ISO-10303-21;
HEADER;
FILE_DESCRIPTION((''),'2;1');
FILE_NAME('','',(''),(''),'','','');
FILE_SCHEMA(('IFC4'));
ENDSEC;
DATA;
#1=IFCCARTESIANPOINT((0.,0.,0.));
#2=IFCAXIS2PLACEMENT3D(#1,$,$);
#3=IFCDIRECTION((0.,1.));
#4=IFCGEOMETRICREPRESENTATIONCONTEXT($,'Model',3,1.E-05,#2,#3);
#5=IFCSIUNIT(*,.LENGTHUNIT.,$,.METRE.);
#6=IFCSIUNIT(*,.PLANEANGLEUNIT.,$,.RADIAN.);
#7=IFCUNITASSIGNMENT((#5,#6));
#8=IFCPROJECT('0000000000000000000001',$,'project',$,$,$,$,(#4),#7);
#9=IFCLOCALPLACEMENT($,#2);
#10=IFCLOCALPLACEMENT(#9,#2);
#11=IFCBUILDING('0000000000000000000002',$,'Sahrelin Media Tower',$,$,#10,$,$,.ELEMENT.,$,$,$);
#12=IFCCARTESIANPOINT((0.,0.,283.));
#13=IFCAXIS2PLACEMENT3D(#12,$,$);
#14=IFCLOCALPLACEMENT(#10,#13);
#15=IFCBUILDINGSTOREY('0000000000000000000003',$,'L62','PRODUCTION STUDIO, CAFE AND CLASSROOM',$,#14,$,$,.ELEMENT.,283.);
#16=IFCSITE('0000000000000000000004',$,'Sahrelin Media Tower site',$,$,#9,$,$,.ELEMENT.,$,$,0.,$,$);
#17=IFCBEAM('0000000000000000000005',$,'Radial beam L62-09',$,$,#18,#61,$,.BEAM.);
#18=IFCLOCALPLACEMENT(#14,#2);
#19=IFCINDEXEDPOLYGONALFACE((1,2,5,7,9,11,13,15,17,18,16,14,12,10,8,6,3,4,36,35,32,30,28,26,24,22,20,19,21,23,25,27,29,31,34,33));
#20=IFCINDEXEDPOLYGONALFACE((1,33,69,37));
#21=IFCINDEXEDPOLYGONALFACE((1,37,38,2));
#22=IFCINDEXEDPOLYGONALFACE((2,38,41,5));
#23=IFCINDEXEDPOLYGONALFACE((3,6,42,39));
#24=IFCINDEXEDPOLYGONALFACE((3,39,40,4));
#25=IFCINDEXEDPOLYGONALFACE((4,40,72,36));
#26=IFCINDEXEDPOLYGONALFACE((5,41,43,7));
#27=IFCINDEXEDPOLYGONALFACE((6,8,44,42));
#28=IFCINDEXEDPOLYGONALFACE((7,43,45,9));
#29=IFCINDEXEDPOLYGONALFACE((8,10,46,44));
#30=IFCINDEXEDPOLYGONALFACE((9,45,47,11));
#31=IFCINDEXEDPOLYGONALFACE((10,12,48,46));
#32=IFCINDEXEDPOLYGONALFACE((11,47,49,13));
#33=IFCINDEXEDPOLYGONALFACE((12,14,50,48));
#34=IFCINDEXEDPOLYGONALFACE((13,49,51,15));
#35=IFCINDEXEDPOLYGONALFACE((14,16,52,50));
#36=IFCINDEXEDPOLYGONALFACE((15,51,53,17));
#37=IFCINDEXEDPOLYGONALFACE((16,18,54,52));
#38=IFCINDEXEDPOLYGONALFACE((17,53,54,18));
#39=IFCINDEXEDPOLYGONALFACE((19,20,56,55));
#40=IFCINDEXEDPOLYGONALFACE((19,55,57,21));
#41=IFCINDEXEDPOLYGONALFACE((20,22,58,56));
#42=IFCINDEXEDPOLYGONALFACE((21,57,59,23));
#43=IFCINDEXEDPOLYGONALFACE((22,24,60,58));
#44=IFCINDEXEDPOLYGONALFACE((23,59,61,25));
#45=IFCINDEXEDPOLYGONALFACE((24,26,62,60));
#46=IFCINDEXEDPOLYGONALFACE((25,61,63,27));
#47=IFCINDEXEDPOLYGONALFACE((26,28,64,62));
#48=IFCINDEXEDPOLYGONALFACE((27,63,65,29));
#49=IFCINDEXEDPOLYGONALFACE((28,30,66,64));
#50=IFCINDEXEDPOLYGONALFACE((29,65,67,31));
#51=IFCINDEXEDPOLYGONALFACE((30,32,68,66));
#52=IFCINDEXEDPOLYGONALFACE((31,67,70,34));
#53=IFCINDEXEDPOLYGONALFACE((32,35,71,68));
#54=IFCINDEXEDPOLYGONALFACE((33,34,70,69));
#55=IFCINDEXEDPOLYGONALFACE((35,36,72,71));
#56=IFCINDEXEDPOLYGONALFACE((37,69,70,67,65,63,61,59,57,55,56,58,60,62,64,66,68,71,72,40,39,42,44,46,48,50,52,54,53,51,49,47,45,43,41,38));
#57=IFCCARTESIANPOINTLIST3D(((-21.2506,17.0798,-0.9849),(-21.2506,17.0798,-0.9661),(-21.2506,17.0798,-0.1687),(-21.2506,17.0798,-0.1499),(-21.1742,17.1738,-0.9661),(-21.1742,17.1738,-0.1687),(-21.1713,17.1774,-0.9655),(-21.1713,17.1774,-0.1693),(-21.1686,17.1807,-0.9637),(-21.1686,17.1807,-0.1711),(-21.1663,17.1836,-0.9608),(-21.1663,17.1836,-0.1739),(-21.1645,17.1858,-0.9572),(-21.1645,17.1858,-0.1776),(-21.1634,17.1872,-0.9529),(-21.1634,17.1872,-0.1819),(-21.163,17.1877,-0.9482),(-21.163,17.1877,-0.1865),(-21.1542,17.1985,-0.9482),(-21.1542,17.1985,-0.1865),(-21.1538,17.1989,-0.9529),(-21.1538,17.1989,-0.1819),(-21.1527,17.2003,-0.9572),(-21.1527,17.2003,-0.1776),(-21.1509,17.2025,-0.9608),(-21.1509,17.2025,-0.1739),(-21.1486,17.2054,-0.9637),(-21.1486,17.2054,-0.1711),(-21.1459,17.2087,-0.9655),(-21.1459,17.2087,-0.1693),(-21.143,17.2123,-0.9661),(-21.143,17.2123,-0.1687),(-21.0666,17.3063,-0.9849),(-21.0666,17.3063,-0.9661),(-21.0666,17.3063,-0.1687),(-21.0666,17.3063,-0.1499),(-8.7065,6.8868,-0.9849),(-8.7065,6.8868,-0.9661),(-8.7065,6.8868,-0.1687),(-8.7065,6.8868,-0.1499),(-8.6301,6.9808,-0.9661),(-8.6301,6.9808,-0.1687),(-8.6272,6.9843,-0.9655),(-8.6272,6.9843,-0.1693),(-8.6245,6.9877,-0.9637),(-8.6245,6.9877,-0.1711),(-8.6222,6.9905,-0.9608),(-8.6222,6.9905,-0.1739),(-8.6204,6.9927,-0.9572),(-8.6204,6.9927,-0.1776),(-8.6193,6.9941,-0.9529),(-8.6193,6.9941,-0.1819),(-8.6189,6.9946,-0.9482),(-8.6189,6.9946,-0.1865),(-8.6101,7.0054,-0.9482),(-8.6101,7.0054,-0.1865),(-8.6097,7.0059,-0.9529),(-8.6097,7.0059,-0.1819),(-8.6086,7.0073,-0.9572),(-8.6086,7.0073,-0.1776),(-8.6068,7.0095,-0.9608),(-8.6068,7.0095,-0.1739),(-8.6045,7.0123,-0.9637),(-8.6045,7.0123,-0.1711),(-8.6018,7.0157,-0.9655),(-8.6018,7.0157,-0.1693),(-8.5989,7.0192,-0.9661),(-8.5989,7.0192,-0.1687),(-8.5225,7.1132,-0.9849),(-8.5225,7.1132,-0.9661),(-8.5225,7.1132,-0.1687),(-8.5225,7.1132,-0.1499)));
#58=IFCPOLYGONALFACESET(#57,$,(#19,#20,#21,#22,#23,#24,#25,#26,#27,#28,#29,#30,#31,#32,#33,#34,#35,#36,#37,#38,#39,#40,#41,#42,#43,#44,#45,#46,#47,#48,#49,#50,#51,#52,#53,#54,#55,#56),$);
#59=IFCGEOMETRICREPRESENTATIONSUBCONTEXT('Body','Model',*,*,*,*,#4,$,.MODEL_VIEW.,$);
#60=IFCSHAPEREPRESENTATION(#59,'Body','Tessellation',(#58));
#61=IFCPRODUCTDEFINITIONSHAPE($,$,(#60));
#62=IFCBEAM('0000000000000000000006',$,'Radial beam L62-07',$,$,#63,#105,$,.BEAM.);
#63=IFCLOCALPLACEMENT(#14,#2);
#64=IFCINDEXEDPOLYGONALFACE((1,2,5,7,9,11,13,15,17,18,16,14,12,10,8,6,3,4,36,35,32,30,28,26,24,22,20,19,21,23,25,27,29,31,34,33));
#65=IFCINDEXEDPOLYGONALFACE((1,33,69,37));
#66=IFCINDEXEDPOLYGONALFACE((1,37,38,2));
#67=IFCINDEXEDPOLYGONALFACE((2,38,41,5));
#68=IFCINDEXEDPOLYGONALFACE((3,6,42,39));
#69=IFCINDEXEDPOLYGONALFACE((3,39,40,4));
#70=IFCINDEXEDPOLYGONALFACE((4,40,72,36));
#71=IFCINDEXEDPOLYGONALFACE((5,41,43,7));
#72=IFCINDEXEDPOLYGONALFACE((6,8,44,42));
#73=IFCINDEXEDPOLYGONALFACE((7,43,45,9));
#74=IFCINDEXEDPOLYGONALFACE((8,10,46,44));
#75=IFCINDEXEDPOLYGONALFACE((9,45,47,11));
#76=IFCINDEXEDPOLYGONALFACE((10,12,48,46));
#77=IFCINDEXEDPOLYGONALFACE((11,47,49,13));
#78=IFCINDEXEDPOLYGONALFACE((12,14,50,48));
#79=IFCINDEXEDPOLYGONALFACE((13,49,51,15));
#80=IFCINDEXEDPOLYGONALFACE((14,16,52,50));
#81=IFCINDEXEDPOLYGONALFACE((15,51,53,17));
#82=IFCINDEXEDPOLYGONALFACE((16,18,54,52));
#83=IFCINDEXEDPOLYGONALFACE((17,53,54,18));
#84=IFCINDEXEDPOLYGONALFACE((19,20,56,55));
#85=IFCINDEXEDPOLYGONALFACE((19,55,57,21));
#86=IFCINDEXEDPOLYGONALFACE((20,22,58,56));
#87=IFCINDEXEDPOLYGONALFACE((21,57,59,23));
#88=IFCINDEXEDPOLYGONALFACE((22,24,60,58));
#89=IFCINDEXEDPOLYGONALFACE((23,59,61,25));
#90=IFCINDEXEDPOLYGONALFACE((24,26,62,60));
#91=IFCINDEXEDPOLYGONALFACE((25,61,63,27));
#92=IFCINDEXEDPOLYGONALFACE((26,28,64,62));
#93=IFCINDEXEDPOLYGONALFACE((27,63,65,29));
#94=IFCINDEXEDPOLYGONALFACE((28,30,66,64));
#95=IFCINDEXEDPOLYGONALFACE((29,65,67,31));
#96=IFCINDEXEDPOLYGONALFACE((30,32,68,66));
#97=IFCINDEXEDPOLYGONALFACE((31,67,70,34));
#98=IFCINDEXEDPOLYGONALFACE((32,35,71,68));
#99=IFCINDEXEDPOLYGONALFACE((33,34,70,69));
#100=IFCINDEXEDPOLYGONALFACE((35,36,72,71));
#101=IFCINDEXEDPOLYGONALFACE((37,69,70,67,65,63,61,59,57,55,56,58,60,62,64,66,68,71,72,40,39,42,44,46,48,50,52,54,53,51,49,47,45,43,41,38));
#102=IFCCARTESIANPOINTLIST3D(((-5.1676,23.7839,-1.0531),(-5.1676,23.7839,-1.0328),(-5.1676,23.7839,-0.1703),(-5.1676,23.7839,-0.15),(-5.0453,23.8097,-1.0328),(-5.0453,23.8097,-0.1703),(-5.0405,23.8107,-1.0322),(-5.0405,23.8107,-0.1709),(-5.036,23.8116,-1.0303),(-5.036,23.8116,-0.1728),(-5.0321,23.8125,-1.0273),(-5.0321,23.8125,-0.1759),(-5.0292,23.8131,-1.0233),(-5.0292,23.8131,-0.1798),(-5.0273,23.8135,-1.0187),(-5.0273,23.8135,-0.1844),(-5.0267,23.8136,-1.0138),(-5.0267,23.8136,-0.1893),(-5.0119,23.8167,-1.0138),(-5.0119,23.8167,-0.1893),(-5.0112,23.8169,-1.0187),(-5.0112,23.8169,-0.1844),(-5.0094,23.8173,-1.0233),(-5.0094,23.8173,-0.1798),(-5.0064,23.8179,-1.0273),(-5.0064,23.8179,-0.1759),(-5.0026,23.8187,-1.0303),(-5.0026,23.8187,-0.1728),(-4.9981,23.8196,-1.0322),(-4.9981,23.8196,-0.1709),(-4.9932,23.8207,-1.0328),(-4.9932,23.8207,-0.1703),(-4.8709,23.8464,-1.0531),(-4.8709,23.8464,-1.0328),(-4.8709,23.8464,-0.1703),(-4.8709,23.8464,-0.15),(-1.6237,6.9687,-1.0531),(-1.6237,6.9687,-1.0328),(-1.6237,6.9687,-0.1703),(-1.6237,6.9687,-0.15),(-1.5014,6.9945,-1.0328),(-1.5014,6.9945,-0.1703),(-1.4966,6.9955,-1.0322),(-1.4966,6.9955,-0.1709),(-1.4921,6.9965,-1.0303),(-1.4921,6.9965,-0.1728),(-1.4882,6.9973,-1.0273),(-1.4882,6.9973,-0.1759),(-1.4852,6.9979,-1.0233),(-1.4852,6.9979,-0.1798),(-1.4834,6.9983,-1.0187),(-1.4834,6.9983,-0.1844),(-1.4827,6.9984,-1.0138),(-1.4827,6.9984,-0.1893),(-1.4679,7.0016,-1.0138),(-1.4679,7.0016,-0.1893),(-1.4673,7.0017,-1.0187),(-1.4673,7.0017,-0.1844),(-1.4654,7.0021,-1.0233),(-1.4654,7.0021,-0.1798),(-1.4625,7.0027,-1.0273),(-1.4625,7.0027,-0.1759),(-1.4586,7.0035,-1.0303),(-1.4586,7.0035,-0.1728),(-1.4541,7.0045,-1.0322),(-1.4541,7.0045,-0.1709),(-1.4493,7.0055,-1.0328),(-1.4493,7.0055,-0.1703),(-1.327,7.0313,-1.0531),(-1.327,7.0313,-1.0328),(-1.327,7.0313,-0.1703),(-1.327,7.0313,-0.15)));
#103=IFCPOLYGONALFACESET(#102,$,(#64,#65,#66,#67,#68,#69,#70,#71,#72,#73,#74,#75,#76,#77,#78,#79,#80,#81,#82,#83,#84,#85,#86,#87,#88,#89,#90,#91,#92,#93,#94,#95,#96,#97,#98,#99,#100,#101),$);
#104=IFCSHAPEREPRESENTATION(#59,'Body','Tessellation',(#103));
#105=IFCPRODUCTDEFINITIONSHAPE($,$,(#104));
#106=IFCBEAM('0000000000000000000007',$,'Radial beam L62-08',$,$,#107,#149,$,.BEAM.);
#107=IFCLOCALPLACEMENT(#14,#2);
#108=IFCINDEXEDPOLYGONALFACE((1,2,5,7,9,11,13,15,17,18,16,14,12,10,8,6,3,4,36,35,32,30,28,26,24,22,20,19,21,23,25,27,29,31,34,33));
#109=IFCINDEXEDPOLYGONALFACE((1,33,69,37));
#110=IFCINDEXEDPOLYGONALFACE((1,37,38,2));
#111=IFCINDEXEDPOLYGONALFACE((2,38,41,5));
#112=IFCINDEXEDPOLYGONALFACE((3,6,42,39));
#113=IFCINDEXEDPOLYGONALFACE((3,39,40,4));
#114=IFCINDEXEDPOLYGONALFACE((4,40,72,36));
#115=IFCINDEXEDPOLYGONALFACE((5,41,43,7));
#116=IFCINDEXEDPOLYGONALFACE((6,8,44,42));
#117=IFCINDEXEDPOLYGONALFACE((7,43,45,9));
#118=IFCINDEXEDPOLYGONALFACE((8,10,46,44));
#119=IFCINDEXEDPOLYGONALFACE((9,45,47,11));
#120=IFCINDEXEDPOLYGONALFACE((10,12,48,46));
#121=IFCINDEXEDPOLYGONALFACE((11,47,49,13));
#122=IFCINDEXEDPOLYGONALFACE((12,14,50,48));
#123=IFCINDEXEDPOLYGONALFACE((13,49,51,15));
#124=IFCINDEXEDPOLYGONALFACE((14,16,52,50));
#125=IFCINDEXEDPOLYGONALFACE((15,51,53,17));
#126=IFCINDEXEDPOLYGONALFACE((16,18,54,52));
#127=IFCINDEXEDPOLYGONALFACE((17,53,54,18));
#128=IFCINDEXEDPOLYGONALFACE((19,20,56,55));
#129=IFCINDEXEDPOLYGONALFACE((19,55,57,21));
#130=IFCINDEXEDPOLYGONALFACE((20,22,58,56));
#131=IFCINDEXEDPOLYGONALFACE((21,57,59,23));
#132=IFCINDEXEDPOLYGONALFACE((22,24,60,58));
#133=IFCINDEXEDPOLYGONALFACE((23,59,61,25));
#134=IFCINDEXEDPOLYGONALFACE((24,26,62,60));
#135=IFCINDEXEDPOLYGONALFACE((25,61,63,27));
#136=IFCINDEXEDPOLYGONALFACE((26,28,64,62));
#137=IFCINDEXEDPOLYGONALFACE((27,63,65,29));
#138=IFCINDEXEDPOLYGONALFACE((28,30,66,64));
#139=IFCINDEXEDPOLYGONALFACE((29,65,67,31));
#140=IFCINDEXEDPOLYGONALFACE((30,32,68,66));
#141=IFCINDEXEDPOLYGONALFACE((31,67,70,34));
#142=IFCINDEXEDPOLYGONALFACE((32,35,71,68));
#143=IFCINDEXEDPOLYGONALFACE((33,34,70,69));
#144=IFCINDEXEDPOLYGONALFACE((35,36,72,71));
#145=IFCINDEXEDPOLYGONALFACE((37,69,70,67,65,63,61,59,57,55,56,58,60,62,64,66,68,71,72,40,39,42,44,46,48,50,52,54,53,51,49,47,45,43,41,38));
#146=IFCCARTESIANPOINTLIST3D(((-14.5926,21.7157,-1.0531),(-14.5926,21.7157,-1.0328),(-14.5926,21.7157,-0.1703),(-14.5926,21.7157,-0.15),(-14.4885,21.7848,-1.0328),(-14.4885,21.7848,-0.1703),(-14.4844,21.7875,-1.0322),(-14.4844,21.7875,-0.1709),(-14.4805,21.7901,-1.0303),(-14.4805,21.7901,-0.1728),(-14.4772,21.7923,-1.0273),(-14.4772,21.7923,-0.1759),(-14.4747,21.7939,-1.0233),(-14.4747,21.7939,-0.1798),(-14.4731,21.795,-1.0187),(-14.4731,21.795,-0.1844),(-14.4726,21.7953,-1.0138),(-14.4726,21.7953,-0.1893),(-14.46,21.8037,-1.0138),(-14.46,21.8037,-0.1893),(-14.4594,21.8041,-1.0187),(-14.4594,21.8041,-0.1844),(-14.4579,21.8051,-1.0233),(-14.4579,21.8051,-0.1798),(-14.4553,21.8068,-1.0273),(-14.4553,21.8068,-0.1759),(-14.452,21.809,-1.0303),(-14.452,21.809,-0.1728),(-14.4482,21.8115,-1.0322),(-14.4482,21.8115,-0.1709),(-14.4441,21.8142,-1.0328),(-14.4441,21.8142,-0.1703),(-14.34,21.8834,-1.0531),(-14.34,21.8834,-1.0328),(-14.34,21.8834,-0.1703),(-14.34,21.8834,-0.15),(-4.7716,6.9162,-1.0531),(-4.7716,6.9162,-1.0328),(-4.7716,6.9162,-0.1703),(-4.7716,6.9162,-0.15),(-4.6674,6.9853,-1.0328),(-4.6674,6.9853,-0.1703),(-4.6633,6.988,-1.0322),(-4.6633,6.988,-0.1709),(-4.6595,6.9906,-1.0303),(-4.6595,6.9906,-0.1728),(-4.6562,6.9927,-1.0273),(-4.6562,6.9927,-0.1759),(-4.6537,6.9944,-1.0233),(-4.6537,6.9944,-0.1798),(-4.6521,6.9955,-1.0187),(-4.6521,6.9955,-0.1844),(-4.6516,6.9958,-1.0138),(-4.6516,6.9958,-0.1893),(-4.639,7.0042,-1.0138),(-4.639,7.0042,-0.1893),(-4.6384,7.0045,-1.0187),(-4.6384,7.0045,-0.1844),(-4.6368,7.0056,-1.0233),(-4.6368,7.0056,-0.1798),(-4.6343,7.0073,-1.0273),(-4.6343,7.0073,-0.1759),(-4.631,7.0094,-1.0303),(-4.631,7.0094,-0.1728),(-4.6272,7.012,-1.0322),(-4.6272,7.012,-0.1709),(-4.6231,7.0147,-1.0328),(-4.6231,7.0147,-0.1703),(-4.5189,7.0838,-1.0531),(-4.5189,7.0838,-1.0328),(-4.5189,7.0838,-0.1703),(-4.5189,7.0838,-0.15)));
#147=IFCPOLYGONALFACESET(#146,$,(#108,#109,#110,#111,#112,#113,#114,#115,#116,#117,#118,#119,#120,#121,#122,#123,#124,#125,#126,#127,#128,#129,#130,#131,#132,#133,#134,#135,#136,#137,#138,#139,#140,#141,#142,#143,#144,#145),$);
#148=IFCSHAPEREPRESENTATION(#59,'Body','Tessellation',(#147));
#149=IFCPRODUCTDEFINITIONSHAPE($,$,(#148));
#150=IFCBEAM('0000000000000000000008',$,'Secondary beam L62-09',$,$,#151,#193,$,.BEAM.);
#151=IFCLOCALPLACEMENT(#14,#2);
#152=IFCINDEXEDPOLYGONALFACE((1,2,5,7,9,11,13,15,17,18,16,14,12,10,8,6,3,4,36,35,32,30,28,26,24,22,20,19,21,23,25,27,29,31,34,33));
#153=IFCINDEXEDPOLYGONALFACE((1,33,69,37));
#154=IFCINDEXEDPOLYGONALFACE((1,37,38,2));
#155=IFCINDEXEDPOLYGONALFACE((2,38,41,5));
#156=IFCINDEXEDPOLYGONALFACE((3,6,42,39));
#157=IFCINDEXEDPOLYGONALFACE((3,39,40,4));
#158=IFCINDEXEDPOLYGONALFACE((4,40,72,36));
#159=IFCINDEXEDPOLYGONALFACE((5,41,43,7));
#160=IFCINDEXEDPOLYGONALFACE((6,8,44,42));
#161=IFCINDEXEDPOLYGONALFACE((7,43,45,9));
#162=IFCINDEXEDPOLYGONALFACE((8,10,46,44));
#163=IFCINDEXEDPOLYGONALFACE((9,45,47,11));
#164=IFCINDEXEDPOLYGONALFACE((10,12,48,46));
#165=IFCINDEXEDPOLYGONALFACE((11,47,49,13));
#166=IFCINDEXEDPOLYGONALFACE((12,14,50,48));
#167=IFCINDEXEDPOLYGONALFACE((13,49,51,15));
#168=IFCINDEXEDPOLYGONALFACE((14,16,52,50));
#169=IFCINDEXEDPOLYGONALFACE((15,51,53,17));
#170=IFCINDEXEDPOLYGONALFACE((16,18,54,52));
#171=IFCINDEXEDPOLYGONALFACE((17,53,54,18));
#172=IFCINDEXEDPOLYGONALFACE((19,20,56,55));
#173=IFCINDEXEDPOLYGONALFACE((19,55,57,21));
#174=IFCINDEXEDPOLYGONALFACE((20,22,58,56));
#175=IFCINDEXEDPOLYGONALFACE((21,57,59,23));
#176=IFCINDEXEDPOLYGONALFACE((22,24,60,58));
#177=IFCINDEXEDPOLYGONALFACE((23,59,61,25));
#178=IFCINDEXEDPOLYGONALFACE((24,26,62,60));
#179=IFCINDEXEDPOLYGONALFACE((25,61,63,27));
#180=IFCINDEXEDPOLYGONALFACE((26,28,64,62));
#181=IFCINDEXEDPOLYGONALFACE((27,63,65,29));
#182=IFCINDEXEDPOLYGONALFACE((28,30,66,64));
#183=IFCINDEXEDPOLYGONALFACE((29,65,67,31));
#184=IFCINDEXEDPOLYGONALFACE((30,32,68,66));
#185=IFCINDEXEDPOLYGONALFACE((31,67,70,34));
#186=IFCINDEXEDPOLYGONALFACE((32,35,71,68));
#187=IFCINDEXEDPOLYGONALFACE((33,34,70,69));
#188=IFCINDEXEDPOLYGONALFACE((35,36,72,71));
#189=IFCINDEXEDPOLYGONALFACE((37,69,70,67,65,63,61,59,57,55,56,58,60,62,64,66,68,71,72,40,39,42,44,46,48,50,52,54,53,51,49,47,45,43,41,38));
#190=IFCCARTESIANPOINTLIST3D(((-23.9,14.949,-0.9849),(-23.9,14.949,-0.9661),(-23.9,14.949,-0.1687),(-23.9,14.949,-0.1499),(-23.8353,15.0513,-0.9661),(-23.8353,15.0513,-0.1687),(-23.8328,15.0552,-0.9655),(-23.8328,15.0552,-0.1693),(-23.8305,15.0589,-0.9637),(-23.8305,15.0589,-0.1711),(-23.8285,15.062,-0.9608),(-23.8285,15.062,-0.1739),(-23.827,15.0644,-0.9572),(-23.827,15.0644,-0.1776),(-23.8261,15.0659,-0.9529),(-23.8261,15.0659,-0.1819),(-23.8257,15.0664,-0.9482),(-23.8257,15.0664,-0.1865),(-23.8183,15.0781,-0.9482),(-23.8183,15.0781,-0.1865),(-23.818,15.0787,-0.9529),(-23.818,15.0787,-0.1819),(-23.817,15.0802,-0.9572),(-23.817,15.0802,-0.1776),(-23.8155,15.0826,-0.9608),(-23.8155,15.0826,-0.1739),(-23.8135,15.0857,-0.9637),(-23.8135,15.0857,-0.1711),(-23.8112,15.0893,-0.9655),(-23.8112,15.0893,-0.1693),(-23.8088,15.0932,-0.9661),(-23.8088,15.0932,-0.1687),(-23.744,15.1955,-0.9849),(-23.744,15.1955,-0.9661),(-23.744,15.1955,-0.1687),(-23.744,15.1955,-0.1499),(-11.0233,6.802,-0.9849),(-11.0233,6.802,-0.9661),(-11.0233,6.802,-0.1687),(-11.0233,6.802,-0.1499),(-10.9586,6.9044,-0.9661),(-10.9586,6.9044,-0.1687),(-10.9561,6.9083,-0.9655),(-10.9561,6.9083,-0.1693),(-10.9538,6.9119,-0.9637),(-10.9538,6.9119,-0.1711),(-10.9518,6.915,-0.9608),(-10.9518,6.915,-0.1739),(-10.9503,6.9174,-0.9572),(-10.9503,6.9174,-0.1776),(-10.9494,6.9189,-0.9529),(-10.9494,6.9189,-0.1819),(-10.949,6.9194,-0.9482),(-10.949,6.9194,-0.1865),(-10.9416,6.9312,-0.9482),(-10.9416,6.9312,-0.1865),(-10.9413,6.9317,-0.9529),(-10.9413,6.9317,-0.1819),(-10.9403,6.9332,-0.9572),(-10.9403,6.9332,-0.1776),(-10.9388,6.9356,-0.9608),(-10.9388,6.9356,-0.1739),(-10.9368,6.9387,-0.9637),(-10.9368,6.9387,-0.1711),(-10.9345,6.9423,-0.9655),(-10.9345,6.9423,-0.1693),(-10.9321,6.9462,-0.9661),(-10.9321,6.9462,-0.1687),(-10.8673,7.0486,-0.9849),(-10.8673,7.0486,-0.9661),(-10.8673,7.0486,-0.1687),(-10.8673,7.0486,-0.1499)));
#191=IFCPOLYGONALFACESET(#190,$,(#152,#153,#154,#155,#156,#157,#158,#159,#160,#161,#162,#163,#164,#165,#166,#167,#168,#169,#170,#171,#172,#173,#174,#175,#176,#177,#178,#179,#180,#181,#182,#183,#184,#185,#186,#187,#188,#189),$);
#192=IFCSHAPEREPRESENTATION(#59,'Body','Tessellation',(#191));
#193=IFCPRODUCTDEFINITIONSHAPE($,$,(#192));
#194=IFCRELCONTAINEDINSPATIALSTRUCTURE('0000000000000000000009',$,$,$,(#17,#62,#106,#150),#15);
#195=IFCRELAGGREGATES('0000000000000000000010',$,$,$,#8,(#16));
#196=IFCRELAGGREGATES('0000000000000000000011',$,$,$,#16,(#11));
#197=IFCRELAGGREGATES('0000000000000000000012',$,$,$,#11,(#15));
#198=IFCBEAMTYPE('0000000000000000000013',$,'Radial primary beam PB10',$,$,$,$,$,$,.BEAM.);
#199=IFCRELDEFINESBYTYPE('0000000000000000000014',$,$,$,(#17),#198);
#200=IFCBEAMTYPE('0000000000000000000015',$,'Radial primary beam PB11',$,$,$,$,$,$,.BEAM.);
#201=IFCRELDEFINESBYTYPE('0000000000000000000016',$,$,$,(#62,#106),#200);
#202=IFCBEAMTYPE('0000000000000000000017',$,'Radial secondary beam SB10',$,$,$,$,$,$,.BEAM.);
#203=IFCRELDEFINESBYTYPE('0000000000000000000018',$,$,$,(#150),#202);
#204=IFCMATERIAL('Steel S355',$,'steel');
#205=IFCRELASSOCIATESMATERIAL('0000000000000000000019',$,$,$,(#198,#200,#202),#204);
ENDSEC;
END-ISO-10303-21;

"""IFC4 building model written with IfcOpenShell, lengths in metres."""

from ifc_helpers import new_model, si_unit, direction, frame, origin, origin_2d, place, context, subcontext, project, spatial, i_section, extrude, material, material_profile, profile_set, type_object, element, save


model = new_model("IFC4")

# Units and contexts
model_context = context("Model", 3, precision=1e-05, world=origin(), true_north=direction((0.0, 1.0)))
body_context = subcontext(model_context, "Body", "Model", "MODEL_VIEW")
ifc_project = project(units=[si_unit("LENGTHUNIT", "METRE"), si_unit("PLANEANGLEUNIT", "RADIAN")], contexts=[model_context])

# Site, building, storey
site_placement = place(None, origin())
site = spatial("IfcSite", under=ifc_project, at=site_placement, Name="Sahrelin Media Tower site", CompositionType="ELEMENT", RefElevation=0.0)
building_placement = place(site_placement, origin())
building = spatial("IfcBuilding", under=site, at=building_placement, Name="Sahrelin Media Tower", CompositionType="ELEMENT")
storey_placement = place(building_placement, frame((0.0, 0.0, 283.0)))
storey = spatial("IfcBuildingStorey", under=building, at=storey_placement, Name="L62", Description="PRODUCTION STUDIO, CAFE AND CLASSROOM", CompositionType="ELEMENT", Elevation=283.0)

# Shared definitions
ifc_material_1 = material(Name="Steel S355", Category="steel")

# Beams
ifc_material_profile_1 = material_profile(ifc_material_1, i_section(OverallWidth=0.2917, OverallDepth=0.835, WebThickness=0.0139, FlangeThickness=0.0188, FilletRadius=0.0178, at=origin_2d()), Name="UB 838x292x176")
ifc_profile_set_1 = profile_set([ifc_material_profile_1], Name="Steel S355")
beam_type_1 = type_object("IfcBeamType", Name="Radial primary beam PB10", PredefinedType="BEAM", material=ifc_profile_set_1)
beam_1_placement = place(storey_placement, frame((-8.6145, 7.0, -0.5674), z_axis=(-0.776085, 0.630628, 0.0), x_axis=(-0.630628, -0.776085, 0.0)))
element("IfcBeam", 1, at=beam_1_placement, inside=storey, type_object=beam_type_1, Name="Radial beam L62-09", PredefinedType="BEAM", context=body_context, shape_type="SweptSolid", body=[
    extrude(i_section(OverallWidth=0.2917, OverallDepth=0.835, WebThickness=0.0139, FlangeThickness=0.0188, FilletRadius=0.0178, at=origin_2d()), origin(), (0.0, 0.0, 1.0), 16.1633),
])
ifc_material_profile_2 = material_profile(ifc_material_1, i_section(OverallWidth=0.3032, OverallDepth=0.9031, WebThickness=0.0151, FlangeThickness=0.0203, FilletRadius=0.019, at=origin_2d()), Name="UB 914x305x201")
ifc_profile_set_2 = profile_set([ifc_material_profile_2], Name="Steel S355")
beam_type_2 = type_object("IfcBeamType", Name="Radial primary beam PB11", PredefinedType="BEAM", material=ifc_profile_set_2)
beam_2_placement = place(storey_placement, frame((-1.4753, 7.0, -0.6016), z_axis=(-0.206228, 0.978504, 0.0), x_axis=(-0.978504, -0.206228, 0.0)))
element("IfcBeam", 2, at=beam_2_placement, inside=storey, type_object=beam_type_2, Name="Radial beam L62-07", PredefinedType="BEAM", context=body_context, shape_type="SweptSolid", body=[
    extrude(i_section(OverallWidth=0.3032, OverallDepth=0.9031, WebThickness=0.0151, FlangeThickness=0.0203, FilletRadius=0.019, at=origin_2d()), origin(), (0.0, 0.0, 1.0), 17.1846),
])
beam_3_placement = place(storey_placement, frame((-4.6453, 7.0, -0.6016), z_axis=(-0.552932, 0.833226, 0.0), x_axis=(-0.833226, -0.552932, 0.0)))
element("IfcBeam", 3, at=beam_3_placement, inside=storey, type_object=beam_type_2, Name="Radial beam L62-08", PredefinedType="BEAM", context=body_context, shape_type="SweptSolid", body=[
    extrude(i_section(OverallWidth=0.3032, OverallDepth=0.9031, WebThickness=0.0151, FlangeThickness=0.0203, FilletRadius=0.019, at=origin_2d()), origin(), (0.0, 0.0, 1.0), 17.7617),
])
ifc_material_profile_3 = material_profile(ifc_material_1, i_section(OverallWidth=0.2917, OverallDepth=0.835, WebThickness=0.0139, FlangeThickness=0.0188, FilletRadius=0.0178, at=origin_2d()), Name="UB 838x292x176")
ifc_profile_set_3 = profile_set([ifc_material_profile_3], Name="Steel S355")
beam_type_3 = type_object("IfcBeamType", Name="Radial secondary beam SB10", PredefinedType="BEAM", material=ifc_profile_set_3)
beam_4_placement = place(storey_placement, frame((-10.9453, 6.9253, -0.5674), z_axis=(-0.845065, 0.534664, 0.0), x_axis=(-0.534664, -0.845065, 0.0)))
element("IfcBeam", 4, at=beam_4_placement, inside=storey, type_object=beam_type_3, Name="Secondary beam L62-09", PredefinedType="BEAM", context=body_context, shape_type="SweptSolid", body=[
    extrude(i_section(OverallWidth=0.2917, OverallDepth=0.835, WebThickness=0.0139, FlangeThickness=0.0188, FilletRadius=0.0178, at=origin_2d()), origin(), (0.0, 0.0, 1.0), 15.2375),
])

save(model, "model.ifc")
